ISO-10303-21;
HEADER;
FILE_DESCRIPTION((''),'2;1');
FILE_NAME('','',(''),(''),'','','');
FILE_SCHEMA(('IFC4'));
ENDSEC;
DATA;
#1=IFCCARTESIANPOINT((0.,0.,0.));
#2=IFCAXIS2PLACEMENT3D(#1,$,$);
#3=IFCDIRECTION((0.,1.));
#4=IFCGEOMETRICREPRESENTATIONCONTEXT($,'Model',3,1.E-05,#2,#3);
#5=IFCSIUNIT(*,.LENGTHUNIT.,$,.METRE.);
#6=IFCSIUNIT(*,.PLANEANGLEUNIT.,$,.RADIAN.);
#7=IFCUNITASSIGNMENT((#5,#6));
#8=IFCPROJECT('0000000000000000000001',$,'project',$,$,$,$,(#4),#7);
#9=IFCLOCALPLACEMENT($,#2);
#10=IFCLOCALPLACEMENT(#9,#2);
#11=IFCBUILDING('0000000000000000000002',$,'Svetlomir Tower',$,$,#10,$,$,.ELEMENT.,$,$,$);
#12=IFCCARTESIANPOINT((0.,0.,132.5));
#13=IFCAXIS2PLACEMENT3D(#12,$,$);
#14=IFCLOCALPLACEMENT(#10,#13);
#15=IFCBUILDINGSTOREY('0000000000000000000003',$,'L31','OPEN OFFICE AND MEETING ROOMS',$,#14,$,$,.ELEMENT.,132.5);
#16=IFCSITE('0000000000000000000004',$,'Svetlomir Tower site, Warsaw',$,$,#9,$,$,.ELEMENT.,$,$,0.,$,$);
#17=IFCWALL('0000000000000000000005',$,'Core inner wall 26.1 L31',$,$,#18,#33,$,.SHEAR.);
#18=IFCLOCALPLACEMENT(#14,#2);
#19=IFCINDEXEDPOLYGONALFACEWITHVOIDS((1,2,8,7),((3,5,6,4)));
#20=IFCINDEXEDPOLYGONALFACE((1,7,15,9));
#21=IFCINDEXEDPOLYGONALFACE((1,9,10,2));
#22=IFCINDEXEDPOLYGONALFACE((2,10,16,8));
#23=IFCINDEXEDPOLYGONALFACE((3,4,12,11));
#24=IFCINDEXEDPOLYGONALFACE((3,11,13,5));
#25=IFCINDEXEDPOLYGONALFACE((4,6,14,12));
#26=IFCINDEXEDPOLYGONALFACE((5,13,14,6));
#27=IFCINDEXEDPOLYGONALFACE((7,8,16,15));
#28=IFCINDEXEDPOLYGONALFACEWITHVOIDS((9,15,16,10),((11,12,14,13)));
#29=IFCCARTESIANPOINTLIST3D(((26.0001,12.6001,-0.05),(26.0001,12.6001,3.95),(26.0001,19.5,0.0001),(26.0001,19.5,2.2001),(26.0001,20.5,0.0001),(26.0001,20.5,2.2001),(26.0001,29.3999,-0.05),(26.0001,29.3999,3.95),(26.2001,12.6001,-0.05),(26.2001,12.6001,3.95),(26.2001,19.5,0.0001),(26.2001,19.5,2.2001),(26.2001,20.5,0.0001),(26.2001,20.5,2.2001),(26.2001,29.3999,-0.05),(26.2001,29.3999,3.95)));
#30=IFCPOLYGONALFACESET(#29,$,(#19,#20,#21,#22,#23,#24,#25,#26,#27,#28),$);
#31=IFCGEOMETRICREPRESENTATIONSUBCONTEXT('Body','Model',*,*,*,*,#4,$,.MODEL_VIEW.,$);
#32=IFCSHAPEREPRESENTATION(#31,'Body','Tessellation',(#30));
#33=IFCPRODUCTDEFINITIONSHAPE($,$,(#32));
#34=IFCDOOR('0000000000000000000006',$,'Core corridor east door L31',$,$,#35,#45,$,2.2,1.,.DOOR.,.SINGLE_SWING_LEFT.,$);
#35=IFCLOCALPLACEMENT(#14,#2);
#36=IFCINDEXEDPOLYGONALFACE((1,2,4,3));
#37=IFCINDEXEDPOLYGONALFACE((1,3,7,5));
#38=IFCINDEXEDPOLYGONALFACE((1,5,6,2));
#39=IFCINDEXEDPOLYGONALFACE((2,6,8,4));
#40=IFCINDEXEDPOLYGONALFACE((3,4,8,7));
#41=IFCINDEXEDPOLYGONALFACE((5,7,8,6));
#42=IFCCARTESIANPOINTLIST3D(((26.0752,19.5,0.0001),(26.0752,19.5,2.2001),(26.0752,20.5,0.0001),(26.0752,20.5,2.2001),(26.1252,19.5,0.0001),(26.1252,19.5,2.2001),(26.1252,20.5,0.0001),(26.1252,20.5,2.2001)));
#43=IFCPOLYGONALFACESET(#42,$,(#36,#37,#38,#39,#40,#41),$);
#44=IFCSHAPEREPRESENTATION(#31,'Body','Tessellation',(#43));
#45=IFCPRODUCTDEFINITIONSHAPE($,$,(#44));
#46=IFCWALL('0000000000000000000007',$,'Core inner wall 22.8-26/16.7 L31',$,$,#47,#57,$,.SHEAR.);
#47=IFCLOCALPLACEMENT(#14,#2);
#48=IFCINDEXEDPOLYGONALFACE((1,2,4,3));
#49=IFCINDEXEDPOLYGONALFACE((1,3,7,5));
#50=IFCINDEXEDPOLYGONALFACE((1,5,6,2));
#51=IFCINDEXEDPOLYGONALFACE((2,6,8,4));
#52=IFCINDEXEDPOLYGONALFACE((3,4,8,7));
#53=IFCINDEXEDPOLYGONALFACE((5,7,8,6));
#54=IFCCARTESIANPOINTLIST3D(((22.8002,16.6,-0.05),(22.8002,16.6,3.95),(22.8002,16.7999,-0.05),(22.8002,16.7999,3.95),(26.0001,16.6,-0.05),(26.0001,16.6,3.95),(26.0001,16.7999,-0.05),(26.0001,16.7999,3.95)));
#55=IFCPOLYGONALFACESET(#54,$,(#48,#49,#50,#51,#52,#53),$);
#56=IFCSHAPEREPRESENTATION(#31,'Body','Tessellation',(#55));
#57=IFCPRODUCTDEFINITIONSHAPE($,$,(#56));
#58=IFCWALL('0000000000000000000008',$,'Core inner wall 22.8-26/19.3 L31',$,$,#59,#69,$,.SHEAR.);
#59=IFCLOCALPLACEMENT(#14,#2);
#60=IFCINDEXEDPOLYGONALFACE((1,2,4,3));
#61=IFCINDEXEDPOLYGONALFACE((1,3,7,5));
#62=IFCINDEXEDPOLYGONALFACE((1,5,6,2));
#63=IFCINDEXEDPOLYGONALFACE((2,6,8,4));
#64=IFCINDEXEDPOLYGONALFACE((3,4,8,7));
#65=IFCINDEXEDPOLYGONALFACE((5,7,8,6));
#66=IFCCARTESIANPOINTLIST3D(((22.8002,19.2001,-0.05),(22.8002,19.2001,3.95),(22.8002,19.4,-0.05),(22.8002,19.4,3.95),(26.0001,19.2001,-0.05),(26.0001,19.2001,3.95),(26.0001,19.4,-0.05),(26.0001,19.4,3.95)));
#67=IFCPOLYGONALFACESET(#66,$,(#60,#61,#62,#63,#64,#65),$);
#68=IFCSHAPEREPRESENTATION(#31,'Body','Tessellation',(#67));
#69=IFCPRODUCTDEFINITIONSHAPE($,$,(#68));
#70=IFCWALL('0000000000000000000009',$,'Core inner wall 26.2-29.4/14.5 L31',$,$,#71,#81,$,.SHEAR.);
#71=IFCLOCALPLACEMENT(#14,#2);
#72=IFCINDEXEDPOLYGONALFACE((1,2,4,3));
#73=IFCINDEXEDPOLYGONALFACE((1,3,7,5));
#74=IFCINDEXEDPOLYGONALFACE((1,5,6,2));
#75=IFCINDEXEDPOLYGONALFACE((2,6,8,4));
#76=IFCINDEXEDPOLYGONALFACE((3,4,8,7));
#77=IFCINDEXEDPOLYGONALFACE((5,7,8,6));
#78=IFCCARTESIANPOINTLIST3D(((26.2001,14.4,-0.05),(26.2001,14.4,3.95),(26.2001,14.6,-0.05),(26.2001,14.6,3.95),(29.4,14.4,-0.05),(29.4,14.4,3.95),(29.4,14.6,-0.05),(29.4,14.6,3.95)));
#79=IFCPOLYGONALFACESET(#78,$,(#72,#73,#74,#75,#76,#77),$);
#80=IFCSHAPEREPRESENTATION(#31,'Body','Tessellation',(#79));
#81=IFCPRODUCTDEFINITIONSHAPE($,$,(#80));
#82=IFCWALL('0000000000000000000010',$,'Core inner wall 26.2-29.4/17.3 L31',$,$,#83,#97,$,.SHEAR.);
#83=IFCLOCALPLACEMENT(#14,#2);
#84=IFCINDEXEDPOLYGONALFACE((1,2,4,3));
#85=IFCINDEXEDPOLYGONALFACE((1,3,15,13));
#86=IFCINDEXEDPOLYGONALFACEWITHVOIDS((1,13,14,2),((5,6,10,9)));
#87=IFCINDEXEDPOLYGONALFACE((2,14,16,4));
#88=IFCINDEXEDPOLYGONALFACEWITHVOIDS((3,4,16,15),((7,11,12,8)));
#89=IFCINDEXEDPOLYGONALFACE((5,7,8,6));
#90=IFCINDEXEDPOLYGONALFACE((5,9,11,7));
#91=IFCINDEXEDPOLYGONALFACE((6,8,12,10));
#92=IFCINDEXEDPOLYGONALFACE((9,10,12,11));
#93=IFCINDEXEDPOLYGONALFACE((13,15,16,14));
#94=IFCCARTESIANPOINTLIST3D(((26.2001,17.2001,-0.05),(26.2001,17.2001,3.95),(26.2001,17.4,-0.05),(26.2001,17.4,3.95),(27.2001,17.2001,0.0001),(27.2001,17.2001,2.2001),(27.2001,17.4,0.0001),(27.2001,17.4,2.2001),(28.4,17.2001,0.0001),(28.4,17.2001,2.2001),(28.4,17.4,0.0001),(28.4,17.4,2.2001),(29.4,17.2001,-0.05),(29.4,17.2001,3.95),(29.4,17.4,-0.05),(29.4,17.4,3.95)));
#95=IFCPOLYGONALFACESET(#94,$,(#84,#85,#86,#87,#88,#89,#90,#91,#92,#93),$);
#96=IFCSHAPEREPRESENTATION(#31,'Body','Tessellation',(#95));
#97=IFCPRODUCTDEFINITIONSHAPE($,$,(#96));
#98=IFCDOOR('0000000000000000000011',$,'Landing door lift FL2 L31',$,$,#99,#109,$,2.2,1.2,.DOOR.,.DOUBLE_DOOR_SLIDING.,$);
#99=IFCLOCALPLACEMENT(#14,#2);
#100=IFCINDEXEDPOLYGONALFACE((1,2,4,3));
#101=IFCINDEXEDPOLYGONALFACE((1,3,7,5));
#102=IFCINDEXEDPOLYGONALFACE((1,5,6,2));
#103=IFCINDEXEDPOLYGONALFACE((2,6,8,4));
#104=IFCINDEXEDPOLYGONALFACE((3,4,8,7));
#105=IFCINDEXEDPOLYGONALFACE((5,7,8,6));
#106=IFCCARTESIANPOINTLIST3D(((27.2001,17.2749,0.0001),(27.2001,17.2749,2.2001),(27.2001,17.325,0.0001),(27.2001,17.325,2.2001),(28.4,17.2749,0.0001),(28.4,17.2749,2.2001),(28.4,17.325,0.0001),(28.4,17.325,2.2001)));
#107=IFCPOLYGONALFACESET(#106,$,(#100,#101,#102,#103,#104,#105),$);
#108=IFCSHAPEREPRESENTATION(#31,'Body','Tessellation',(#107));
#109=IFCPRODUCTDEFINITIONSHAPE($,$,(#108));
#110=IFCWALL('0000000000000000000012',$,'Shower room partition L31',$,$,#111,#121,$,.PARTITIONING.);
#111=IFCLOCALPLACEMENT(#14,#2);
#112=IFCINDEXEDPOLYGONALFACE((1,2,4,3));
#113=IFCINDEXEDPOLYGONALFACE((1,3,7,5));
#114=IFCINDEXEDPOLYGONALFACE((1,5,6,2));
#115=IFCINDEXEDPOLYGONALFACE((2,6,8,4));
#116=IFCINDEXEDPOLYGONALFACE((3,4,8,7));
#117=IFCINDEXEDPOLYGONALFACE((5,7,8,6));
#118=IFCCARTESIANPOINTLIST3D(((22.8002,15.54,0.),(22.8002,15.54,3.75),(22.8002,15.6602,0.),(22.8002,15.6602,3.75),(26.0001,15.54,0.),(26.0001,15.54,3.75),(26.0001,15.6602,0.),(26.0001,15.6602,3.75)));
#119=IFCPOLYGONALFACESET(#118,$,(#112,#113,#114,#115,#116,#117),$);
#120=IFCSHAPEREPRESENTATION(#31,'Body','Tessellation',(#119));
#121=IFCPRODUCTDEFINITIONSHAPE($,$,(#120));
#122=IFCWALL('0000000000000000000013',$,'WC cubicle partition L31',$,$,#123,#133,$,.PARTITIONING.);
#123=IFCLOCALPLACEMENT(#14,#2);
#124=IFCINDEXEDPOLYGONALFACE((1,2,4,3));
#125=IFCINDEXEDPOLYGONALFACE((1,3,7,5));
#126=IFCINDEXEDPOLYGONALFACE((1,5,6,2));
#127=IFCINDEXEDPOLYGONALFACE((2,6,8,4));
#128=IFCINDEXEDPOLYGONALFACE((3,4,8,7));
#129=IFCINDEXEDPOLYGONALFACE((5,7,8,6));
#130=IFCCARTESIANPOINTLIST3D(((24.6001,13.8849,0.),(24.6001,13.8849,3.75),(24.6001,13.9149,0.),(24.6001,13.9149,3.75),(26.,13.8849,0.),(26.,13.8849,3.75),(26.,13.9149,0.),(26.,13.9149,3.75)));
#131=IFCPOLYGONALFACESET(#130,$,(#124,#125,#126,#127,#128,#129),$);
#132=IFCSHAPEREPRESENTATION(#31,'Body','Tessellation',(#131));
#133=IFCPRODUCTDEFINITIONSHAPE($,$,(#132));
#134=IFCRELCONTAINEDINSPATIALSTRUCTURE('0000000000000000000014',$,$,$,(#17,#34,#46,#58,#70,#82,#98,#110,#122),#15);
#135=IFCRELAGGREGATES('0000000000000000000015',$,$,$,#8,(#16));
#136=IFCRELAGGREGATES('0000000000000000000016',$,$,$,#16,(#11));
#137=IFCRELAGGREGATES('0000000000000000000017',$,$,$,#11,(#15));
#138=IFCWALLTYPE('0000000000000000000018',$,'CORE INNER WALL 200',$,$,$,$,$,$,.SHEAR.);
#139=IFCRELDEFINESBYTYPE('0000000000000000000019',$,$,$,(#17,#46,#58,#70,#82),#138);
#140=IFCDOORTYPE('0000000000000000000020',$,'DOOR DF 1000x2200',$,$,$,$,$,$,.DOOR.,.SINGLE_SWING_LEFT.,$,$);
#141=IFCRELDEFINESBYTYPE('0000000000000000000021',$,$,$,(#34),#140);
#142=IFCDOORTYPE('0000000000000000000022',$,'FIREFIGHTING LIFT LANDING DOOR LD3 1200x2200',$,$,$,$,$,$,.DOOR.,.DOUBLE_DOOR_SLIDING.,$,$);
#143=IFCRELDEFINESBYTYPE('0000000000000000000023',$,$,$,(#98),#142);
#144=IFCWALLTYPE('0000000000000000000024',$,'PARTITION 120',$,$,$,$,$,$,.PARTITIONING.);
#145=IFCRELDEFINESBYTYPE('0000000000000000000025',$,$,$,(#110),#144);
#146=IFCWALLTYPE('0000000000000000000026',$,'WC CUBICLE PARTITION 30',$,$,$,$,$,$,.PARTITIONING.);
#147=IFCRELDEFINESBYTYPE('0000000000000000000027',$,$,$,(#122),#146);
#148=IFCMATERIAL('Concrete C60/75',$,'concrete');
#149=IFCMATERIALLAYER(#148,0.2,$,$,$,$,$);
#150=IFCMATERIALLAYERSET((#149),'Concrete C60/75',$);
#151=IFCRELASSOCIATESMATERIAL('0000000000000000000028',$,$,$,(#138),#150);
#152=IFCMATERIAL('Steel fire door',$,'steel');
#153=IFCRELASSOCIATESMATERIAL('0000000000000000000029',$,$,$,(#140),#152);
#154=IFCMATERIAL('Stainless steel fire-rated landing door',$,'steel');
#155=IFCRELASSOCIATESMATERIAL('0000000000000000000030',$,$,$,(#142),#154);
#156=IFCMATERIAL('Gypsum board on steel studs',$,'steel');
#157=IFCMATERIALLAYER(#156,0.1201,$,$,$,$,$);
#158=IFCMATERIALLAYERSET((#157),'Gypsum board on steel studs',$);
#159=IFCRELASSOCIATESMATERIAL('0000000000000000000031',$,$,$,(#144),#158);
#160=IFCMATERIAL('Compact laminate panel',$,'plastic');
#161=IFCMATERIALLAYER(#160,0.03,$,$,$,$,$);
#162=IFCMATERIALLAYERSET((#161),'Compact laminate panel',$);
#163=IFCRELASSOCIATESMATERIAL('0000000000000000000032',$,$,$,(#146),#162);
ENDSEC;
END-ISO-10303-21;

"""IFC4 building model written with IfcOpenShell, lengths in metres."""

from ifc_helpers import new_model, si_unit, direction, frame, frame_2d, origin, place, context, subcontext, project, spatial, rectangle, extrude, material, layer, layer_set, type_object, element, fill, save


model = new_model("IFC4")

# Units and contexts
model_context = context("Model", 3, precision=1e-05, world=origin(), true_north=direction((0.0, 1.0)))
body_context = subcontext(model_context, "Body", "Model", "MODEL_VIEW")
ifc_project = project(units=[si_unit("LENGTHUNIT", "METRE"), si_unit("PLANEANGLEUNIT", "RADIAN")], contexts=[model_context])

# Site, building, storey
site_placement = place(None, origin())
site = spatial("IfcSite", under=ifc_project, at=site_placement, Name="Svetlomir Tower site, Warsaw", CompositionType="ELEMENT", RefElevation=0.0)
building_placement = place(site_placement, origin())
building = spatial("IfcBuilding", under=site, at=building_placement, Name="Svetlomir Tower", CompositionType="ELEMENT")
storey_placement = place(building_placement, frame((0.0, 0.0, 132.5)))
storey = spatial("IfcBuildingStorey", under=building, at=storey_placement, Name="L31", Description="OPEN OFFICE AND MEETING ROOMS", CompositionType="ELEMENT", Elevation=132.5)

# Wall, opening, door
ifc_material_1 = material(Name="Concrete C60/75", Category="concrete")
ifc_layer_1 = layer(ifc_material_1, 0.2)
ifc_layer_set_1 = layer_set([ifc_layer_1], Name="Concrete C60/75")
wall_type_1 = type_object("IfcWallType", Name="CORE INNER WALL 200", PredefinedType="SHEAR", material=ifc_layer_set_1)
wall_1_placement = place(storey_placement, frame((26.1001, 12.6001, -0.05), z_axis=(0.0, 0.0, 1.0), x_axis=(0.0, 1.0, 0.0)))
wall_1 = element("IfcWall", 1, at=wall_1_placement, inside=storey, type_object=wall_type_1, Name="Core inner wall 26.1 L31", PredefinedType="SHEAR", context=body_context, shape_type="SweptSolid", body=[
    extrude(rectangle(XDim=16.7998, YDim=0.2, at=frame_2d((8.3999, 0.0))), origin(), (0.0, 0.0, 1.0), 4.0),
])
opening_1_placement = place(wall_1_placement, frame((6.8999, 0.0, 0.05)))
opening_1 = element("IfcOpeningElement", 2, at=opening_1_placement, cuts=wall_1, PredefinedType="OPENING", context=body_context, shape_type="SweptSolid", body=[
    extrude(rectangle(XDim=1.0, YDim=2.2, at=frame_2d((0.5, 1.1001))), frame((0.0, 0.1099, 0.0), z_axis=(0.0, -1.0, 0.0), x_axis=(1.0, 0.0, 0.0)), (0.0, 0.0, 1.0), 0.22),
])
ifc_material_2 = material(Name="Steel fire door", Category="steel")
door_type_1 = type_object("IfcDoorType", Name="DOOR DF 1000x2200", OperationType="SINGLE_SWING_LEFT", PredefinedType="DOOR", material=ifc_material_2)
door_1_placement = place(opening_1_placement, origin())
door_1 = element("IfcDoor", 3, at=door_1_placement, inside=storey, type_object=door_type_1, Name="Core corridor east door L31", OperationType="SINGLE_SWING_LEFT", OverallHeight=2.2, OverallWidth=1.0, PredefinedType="DOOR", context=body_context, shape_type="SweptSolid", body=[
    extrude(rectangle(XDim=1.0, YDim=2.2, at=frame_2d((0.5, 1.1001))), frame((0.0, 0.0249, 0.0), z_axis=(0.0, -1.0, 0.0), x_axis=(1.0, 0.0, 0.0)), (0.0, 0.0, 1.0), 0.05),
])
fill(opening_1, door_1)

# Walls
for number, where, z_axis, x_axis, name in (
    (4, (22.8, 16.7, -0.05), (0.0, 0.0, 1.0), (1.0, 0.0, 0.0), "Core inner wall 22.8-26/16.7 L31"),
    (5, (22.8, 19.3, -0.05), (0.0, 0.0, 1.0), (1.0, 0.0, 0.0), "Core inner wall 22.8-26/19.3 L31"),
    (6, (26.2, 14.5, -0.05), (0.0, 0.0, 1.0), (1.0, 0.0, 0.0), "Core inner wall 26.2-29.4/14.5 L31"),
):
    element("IfcWall", number, at=place(storey_placement, frame(where, z_axis=z_axis, x_axis=x_axis)), inside=storey, type_object=wall_type_1, Name=name, PredefinedType="SHEAR", context=body_context, shape_type="SweptSolid", body=[
        extrude(rectangle(XDim=3.2, YDim=0.2, at=frame_2d((1.6001, 0.0))), origin(), (0.0, 0.0, 1.0), 4.0),
    ])

# Wall, opening, door
wall_2_placement = place(storey_placement, frame((26.2, 17.3, -0.05), z_axis=(0.0, 0.0, 1.0), x_axis=(1.0, 0.0, 0.0)))
wall_2 = element("IfcWall", 7, at=wall_2_placement, inside=storey, type_object=wall_type_1, Name="Core inner wall 26.2-29.4/17.3 L31", PredefinedType="SHEAR", context=body_context, shape_type="SweptSolid", body=[
    extrude(rectangle(XDim=3.2, YDim=0.2, at=frame_2d((1.6001, 0.0))), origin(), (0.0, 0.0, 1.0), 4.0),
])
opening_2_placement = place(wall_2_placement, frame((1.0, 0.0, 0.05)))
opening_2 = element("IfcOpeningElement", 8, at=opening_2_placement, cuts=wall_2, PredefinedType="OPENING", context=body_context, shape_type="SweptSolid", body=[
    extrude(rectangle(XDim=1.2, YDim=2.2, at=frame_2d((0.6001, 1.1001))), frame((0.0, 0.1099, 0.0), z_axis=(0.0, -1.0, 0.0), x_axis=(1.0, 0.0, 0.0)), (0.0, 0.0, 1.0), 0.22),
])
ifc_material_3 = material(Name="Stainless steel fire-rated landing door", Category="steel")
door_type_2 = type_object("IfcDoorType", Name="FIREFIGHTING LIFT LANDING DOOR LD3 1200x2200", OperationType="DOUBLE_DOOR_SLIDING", PredefinedType="DOOR", material=ifc_material_3)
door_2_placement = place(opening_2_placement, origin())
door_2 = element("IfcDoor", 9, at=door_2_placement, inside=storey, type_object=door_type_2, Name="Landing door lift FL2 L31", OperationType="DOUBLE_DOOR_SLIDING", OverallHeight=2.2, OverallWidth=1.2, PredefinedType="DOOR", context=body_context, shape_type="SweptSolid", body=[
    extrude(rectangle(XDim=1.2, YDim=2.2, at=frame_2d((0.6001, 1.1001))), frame((0.0, 0.0249, 0.0), z_axis=(0.0, -1.0, 0.0), x_axis=(1.0, 0.0, 0.0)), (0.0, 0.0, 1.0), 0.05),
])
fill(opening_2, door_2)

# Walls
ifc_material_4 = material(Name="Gypsum board on steel studs", Category="steel")
ifc_layer_2 = layer(ifc_material_4, 0.1201)
ifc_layer_set_2 = layer_set([ifc_layer_2], Name="Gypsum board on steel studs")
wall_type_2 = type_object("IfcWallType", Name="PARTITION 120", PredefinedType="PARTITIONING", material=ifc_layer_set_2)
wall_3_placement = place(storey_placement, frame((22.8, 15.6001, 0.0), z_axis=(0.0, 0.0, 1.0), x_axis=(1.0, 0.0, 0.0)))
element("IfcWall", 10, at=wall_3_placement, inside=storey, type_object=wall_type_2, Name="Shower room partition L31", PredefinedType="PARTITIONING", context=body_context, shape_type="SweptSolid", body=[
    extrude(rectangle(XDim=3.2, YDim=0.1201, at=frame_2d((1.6001, 0.0))), origin(), (0.0, 0.0, 1.0), 3.75),
])
ifc_material_5 = material(Name="Compact laminate panel", Category="plastic")
ifc_layer_3 = layer(ifc_material_5, 0.03)
ifc_layer_set_3 = layer_set([ifc_layer_3], Name="Compact laminate panel")
wall_type_3 = type_object("IfcWallType", Name="WC CUBICLE PARTITION 30", PredefinedType="PARTITIONING", material=ifc_layer_set_3)
wall_4_placement = place(storey_placement, frame((24.6001, 13.8999, 0.0), z_axis=(0.0, 0.0, 1.0), x_axis=(1.0, 0.0, 0.0)))
element("IfcWall", 11, at=wall_4_placement, inside=storey, type_object=wall_type_3, Name="WC cubicle partition L31", PredefinedType="PARTITIONING", context=body_context, shape_type="SweptSolid", body=[
    extrude(rectangle(XDim=1.3999, YDim=0.03, at=frame_2d((0.7, 0.0))), origin(), (0.0, 0.0, 1.0), 3.75),
])

save(model, "model.ifc")
